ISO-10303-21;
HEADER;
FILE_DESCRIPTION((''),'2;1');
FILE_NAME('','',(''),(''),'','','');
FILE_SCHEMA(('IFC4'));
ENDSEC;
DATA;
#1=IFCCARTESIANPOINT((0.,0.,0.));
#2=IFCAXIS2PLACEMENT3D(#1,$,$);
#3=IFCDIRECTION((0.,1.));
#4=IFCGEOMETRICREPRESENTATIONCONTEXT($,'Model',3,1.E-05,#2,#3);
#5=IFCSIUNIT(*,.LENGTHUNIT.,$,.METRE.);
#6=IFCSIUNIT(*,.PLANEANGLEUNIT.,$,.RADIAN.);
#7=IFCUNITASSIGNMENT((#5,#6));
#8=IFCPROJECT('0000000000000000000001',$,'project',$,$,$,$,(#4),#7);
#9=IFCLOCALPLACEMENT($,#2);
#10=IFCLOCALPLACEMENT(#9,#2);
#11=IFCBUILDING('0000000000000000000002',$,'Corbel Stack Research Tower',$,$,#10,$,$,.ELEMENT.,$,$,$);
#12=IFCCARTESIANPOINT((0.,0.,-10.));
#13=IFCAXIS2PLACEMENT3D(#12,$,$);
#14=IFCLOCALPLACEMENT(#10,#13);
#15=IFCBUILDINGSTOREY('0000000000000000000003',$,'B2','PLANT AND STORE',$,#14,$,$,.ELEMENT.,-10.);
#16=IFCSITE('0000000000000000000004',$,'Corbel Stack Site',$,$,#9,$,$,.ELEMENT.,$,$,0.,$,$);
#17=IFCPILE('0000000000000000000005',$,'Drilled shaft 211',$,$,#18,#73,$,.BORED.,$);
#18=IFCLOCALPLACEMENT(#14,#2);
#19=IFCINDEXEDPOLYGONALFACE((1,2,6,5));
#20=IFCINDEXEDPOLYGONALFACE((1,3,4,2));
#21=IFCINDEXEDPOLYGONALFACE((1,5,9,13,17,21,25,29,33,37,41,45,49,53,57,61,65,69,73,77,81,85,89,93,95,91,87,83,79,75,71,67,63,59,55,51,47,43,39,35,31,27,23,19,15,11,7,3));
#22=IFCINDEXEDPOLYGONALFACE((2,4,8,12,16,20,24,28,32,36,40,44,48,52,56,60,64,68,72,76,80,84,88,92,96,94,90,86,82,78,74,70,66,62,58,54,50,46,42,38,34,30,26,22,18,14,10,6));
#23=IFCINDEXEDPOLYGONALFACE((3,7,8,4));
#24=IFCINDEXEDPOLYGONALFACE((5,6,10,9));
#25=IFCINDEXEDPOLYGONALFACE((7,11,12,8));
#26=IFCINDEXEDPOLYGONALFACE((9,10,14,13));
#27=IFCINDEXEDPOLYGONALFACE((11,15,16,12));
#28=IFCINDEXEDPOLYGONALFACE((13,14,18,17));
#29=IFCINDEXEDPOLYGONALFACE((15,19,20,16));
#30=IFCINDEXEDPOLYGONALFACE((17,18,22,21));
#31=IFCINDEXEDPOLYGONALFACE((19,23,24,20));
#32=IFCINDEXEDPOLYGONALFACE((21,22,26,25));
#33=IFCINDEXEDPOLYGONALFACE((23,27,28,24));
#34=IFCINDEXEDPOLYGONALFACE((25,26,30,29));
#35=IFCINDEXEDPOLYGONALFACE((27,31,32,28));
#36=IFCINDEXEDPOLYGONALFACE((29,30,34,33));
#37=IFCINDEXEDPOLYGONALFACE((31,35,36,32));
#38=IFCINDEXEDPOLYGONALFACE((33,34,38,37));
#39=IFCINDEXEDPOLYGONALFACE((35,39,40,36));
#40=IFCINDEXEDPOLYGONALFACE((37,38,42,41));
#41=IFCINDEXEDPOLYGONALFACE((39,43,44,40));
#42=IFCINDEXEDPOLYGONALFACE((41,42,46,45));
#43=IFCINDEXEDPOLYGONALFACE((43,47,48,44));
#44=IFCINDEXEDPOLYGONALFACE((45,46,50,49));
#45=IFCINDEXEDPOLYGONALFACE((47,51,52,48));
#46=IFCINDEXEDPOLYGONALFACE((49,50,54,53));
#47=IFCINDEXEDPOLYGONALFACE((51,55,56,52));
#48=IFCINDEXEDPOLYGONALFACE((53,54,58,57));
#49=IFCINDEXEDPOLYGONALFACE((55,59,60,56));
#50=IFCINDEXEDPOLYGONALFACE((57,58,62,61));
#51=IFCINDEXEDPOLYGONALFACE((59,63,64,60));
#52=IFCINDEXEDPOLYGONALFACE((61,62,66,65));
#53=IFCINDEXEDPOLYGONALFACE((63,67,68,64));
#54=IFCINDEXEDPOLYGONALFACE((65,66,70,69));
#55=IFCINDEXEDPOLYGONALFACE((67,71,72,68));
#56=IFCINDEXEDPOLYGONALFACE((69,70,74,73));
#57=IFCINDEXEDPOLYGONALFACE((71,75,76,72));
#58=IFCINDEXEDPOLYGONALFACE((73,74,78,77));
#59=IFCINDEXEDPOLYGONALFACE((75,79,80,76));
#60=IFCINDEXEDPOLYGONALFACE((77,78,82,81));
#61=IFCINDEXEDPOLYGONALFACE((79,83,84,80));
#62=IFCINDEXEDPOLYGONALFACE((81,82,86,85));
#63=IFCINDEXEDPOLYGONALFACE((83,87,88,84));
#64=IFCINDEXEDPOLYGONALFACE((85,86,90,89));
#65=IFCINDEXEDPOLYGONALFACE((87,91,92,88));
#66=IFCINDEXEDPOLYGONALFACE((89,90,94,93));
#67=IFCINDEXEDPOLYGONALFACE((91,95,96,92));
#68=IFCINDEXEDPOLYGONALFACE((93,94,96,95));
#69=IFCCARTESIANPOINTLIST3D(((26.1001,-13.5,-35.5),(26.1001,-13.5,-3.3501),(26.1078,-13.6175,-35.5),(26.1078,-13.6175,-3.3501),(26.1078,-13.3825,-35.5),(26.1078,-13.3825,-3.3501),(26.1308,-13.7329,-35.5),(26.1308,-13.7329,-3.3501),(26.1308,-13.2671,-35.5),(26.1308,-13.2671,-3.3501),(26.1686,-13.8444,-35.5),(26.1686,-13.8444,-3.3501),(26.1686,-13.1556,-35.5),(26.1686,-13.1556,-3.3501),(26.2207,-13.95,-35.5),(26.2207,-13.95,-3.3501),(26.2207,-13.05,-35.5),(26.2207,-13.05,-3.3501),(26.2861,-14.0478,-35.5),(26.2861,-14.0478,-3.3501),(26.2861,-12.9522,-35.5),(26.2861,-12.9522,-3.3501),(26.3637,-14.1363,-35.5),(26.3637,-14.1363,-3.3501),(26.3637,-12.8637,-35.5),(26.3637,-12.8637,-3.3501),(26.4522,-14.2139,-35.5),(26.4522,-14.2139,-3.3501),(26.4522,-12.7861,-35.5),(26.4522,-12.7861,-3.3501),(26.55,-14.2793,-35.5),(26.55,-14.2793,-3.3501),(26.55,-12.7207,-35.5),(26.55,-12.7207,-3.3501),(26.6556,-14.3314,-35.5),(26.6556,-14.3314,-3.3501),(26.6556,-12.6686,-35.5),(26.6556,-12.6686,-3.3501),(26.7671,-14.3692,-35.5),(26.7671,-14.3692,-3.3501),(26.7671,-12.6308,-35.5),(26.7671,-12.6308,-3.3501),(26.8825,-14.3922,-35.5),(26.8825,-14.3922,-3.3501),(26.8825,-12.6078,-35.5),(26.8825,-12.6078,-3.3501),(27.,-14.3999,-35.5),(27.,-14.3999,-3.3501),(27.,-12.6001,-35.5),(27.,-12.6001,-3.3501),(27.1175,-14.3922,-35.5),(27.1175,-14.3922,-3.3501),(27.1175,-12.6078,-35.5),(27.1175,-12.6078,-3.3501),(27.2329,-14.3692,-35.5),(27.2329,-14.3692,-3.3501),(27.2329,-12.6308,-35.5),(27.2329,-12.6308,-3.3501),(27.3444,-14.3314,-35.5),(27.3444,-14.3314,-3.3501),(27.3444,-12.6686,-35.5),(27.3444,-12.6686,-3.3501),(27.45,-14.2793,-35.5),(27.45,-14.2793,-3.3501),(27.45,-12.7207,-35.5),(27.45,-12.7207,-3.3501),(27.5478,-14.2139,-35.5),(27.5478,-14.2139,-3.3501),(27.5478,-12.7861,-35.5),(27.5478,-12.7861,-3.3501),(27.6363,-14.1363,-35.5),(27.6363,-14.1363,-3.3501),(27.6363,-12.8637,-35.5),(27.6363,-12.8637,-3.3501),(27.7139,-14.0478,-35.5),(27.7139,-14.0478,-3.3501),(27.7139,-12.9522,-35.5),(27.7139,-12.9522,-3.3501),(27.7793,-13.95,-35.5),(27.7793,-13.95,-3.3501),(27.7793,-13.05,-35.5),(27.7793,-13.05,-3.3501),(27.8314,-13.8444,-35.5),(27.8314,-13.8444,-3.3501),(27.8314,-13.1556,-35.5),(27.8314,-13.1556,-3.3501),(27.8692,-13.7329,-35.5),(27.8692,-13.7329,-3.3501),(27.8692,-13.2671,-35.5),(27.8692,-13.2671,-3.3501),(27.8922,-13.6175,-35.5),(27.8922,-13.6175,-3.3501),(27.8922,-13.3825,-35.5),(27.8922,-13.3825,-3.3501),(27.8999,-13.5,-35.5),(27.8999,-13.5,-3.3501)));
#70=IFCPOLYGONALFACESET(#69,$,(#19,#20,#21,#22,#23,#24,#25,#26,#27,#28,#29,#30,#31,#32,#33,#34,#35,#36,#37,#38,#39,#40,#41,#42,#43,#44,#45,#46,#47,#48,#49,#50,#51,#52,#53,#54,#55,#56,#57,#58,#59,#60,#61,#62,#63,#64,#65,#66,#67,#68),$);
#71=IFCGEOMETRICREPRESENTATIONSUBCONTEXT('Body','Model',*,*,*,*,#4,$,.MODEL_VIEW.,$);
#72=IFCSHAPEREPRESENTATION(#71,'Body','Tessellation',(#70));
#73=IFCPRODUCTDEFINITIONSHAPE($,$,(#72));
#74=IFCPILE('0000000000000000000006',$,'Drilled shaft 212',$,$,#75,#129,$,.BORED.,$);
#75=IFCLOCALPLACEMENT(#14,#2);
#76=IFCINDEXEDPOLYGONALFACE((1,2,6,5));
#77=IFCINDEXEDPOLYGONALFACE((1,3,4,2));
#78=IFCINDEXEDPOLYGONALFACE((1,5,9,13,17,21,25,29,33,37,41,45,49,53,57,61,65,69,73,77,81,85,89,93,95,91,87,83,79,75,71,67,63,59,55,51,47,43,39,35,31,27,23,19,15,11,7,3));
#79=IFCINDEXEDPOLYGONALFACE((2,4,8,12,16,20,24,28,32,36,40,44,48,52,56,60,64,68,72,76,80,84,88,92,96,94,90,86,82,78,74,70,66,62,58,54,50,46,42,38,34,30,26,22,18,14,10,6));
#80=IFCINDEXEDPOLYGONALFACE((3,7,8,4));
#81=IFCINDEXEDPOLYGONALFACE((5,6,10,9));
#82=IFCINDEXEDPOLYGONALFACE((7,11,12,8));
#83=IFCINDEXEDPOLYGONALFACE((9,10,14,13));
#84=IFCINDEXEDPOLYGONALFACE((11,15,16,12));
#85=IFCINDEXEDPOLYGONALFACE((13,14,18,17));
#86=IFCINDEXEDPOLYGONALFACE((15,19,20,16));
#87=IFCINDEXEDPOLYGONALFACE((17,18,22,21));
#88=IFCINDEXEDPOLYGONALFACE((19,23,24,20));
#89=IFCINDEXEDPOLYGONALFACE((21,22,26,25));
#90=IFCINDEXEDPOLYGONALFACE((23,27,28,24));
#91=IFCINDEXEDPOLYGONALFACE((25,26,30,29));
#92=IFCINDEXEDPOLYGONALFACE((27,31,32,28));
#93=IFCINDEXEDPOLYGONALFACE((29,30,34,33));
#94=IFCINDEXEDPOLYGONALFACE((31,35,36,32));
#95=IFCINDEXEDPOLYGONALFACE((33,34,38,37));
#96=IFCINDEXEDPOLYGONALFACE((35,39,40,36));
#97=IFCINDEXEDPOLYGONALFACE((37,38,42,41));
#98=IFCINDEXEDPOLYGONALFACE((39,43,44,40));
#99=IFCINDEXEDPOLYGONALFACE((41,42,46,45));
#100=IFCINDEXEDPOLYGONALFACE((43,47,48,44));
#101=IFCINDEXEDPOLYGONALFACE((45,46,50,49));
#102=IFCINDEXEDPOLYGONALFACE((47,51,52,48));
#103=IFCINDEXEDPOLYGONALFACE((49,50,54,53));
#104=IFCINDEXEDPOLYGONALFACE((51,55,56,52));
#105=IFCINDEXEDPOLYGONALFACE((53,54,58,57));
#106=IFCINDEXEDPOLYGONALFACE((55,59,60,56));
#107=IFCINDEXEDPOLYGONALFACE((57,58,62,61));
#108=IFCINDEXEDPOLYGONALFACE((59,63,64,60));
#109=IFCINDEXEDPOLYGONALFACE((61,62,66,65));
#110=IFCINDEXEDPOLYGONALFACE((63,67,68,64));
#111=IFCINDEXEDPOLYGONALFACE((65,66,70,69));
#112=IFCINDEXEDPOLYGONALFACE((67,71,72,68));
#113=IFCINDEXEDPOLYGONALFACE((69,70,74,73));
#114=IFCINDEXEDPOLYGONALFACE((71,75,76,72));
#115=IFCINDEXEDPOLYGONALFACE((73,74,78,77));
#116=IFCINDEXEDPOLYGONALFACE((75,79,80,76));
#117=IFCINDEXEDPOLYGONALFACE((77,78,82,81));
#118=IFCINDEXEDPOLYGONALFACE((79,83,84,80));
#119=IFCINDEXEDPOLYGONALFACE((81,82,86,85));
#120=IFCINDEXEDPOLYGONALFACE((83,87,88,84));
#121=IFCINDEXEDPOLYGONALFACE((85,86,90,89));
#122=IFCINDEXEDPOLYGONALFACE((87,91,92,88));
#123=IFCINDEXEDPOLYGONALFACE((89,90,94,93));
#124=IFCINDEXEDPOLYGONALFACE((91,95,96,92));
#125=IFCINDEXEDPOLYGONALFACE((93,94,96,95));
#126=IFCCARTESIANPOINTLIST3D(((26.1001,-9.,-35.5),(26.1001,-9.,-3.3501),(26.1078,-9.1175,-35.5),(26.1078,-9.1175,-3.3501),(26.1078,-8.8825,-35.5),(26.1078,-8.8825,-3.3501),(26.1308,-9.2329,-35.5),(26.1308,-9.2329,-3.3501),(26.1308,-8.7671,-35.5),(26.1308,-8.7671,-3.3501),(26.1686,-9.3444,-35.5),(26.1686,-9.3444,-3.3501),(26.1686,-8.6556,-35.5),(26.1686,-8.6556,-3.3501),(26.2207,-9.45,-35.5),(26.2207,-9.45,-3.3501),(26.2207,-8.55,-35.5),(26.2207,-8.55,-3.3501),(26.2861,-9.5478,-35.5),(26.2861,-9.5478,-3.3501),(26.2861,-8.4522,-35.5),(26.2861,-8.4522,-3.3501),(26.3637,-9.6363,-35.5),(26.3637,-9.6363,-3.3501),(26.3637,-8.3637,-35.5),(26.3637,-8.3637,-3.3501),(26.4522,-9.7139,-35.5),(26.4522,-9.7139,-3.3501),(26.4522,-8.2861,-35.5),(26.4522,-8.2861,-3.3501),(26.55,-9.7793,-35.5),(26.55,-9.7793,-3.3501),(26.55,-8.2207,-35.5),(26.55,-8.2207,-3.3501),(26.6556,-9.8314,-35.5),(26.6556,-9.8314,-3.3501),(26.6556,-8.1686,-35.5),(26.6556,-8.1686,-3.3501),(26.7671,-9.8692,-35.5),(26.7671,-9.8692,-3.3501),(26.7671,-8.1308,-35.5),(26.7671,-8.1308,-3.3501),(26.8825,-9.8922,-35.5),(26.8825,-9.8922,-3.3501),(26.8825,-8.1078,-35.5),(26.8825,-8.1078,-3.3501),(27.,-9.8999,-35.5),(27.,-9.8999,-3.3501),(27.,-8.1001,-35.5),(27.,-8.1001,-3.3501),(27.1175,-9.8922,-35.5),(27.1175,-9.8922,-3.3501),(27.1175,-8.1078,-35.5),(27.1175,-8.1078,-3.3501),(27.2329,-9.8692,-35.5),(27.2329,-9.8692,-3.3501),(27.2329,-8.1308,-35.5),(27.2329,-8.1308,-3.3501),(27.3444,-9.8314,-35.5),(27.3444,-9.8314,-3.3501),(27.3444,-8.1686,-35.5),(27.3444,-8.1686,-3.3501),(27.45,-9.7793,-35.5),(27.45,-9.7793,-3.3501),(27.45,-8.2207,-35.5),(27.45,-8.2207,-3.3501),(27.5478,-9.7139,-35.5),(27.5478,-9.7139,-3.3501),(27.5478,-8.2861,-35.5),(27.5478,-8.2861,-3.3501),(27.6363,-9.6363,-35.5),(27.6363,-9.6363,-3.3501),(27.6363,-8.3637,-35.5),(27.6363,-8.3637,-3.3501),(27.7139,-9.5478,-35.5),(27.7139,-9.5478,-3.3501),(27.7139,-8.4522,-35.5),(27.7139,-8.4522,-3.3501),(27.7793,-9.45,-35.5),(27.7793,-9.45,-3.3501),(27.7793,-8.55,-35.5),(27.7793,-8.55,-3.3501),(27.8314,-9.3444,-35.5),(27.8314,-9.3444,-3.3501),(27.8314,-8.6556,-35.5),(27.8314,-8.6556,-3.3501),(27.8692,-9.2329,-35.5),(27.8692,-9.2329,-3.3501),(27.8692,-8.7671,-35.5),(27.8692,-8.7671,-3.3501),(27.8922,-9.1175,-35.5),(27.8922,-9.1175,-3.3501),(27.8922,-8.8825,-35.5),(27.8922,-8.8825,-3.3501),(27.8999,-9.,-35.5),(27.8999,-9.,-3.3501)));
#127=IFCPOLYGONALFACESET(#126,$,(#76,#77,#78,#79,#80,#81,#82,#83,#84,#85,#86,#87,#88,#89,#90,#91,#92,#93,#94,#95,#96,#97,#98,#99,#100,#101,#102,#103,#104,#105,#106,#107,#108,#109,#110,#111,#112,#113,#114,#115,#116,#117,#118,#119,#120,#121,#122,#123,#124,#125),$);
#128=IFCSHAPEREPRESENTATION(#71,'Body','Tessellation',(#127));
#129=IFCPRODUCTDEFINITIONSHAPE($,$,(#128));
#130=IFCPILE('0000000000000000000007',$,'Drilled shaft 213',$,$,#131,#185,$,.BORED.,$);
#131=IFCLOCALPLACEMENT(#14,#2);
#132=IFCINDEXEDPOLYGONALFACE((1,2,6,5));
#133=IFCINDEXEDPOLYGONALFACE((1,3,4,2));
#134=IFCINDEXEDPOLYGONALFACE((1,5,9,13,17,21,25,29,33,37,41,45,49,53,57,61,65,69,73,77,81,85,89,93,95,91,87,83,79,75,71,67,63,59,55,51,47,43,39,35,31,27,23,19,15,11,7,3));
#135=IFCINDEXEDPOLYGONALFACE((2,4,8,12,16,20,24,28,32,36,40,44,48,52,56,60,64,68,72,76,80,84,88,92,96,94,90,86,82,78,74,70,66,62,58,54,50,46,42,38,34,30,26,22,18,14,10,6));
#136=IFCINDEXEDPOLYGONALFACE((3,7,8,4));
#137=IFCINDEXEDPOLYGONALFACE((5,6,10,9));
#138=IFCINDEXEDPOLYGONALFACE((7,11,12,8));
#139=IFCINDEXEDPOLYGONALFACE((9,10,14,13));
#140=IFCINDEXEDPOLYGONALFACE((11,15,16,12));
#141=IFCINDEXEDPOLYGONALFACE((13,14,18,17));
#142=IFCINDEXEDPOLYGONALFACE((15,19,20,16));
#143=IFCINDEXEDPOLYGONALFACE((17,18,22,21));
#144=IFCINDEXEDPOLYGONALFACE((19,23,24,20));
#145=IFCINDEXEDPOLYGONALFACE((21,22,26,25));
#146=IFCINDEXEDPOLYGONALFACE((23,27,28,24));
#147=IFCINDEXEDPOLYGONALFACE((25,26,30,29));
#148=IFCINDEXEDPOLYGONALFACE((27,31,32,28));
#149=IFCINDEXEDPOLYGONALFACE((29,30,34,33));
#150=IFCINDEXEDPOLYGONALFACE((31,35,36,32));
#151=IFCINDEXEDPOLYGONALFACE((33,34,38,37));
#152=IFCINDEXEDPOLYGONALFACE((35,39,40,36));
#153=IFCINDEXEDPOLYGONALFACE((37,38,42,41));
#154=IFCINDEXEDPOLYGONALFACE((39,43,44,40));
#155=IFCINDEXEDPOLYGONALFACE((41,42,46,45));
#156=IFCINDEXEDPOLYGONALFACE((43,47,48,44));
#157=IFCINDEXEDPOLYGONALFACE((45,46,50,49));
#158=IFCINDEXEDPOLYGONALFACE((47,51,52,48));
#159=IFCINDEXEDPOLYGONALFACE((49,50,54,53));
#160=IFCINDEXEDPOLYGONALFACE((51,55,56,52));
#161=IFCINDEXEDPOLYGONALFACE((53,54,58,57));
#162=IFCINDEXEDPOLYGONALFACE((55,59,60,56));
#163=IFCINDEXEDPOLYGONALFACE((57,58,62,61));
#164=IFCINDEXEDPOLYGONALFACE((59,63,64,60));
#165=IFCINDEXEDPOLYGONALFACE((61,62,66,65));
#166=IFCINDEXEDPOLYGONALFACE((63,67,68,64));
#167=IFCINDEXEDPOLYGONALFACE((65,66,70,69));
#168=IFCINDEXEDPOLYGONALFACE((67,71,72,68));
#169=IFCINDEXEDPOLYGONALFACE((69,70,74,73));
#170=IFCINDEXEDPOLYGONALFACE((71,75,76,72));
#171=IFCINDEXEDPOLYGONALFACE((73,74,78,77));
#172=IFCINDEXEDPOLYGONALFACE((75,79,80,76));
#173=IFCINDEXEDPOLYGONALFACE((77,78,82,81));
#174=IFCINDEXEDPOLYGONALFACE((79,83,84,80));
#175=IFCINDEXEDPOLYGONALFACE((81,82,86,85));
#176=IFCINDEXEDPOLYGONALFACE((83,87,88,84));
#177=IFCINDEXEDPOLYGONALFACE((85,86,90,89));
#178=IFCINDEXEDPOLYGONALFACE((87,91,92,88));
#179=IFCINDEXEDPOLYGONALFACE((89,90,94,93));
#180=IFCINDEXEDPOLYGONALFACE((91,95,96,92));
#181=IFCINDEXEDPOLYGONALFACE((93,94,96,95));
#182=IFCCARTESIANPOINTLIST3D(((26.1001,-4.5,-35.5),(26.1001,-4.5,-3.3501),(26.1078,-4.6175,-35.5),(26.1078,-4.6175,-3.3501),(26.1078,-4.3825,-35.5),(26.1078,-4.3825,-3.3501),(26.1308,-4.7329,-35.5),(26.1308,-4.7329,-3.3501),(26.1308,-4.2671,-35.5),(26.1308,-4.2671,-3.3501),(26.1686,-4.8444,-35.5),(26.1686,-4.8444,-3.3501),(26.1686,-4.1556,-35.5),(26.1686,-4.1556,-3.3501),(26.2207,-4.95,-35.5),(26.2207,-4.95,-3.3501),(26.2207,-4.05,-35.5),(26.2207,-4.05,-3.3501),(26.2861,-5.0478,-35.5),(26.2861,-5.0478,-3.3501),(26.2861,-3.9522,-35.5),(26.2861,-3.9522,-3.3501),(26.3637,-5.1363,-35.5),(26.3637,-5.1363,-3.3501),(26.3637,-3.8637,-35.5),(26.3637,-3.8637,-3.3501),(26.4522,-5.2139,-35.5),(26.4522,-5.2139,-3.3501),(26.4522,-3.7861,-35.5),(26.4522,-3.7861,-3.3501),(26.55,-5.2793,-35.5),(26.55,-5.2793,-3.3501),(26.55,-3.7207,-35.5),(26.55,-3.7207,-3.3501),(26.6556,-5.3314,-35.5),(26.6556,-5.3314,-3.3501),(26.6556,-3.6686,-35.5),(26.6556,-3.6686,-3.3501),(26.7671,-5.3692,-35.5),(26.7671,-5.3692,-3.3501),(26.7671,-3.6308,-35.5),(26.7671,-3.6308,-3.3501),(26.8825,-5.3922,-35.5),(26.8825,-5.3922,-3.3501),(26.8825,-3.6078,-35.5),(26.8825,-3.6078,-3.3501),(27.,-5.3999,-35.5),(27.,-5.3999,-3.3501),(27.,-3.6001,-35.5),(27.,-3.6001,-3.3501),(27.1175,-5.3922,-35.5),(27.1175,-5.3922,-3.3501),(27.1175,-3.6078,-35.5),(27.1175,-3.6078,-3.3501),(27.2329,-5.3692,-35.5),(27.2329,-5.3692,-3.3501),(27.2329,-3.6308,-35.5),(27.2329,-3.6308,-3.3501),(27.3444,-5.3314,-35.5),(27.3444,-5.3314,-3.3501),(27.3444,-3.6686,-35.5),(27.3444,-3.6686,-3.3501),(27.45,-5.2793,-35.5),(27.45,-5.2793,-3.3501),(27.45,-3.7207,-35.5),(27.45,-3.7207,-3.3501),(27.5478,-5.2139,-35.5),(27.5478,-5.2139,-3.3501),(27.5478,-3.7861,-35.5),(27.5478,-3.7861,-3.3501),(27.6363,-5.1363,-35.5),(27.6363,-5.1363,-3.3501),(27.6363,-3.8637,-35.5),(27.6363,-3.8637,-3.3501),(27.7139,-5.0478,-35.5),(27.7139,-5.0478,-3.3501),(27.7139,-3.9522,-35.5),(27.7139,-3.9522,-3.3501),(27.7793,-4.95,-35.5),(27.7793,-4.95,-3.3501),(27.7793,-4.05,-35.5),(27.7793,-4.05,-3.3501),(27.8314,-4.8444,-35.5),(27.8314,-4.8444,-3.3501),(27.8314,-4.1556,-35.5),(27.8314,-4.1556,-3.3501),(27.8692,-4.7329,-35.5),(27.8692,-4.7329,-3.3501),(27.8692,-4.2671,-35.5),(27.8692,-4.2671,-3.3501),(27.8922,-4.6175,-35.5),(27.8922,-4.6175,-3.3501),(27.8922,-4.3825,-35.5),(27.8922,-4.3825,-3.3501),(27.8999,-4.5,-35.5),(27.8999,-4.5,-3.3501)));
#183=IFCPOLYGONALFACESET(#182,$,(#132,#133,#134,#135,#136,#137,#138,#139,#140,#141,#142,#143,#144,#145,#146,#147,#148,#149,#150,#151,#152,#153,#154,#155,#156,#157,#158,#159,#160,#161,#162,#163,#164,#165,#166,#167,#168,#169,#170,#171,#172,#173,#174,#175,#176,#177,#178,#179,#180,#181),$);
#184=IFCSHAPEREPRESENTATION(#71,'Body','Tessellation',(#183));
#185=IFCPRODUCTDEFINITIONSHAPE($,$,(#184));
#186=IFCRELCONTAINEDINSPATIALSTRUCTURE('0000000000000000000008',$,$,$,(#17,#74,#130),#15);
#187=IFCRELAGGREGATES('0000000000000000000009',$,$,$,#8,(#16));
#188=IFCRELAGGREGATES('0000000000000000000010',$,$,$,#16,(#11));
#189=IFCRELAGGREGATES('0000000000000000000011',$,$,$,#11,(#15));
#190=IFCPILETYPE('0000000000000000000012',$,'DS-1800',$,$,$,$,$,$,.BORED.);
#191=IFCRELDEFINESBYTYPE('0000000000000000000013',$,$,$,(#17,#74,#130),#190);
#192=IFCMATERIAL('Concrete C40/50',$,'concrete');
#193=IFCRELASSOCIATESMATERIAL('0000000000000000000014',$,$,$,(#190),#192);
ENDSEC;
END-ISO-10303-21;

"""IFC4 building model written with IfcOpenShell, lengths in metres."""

from ifc_helpers import new_model, si_unit, direction, frame, origin, origin_2d, place, context, subcontext, project, spatial, circle, extrude, material, material_profile, profile_set, type_object, element, save


model = new_model("IFC4")

# Units and contexts
model_context = context("Model", 3, precision=1e-05, world=origin(), true_north=direction((0.0, 1.0)))
body_context = subcontext(model_context, "Body", "Model", "MODEL_VIEW")
ifc_project = project(units=[si_unit("LENGTHUNIT", "METRE"), si_unit("PLANEANGLEUNIT", "RADIAN")], contexts=[model_context])

# Site, building, storey
site_placement = place(None, origin())
site = spatial("IfcSite", under=ifc_project, at=site_placement, Name="Corbel Stack Site", CompositionType="ELEMENT", RefElevation=0.0)
building_placement = place(site_placement, origin())
building = spatial("IfcBuilding", under=site, at=building_placement, Name="Corbel Stack Research Tower", CompositionType="ELEMENT")
storey_placement = place(building_placement, frame((0.0, 0.0, -10.0)))
storey = spatial("IfcBuildingStorey", under=building, at=storey_placement, Name="B2", Description="PLANT AND STORE", CompositionType="ELEMENT", Elevation=-10.0)

# Piles
ifc_material_1 = material(Name="Concrete C40/50", Category="concrete")
ifc_material_profile_1 = material_profile(ifc_material_1, circle(Radius=0.8999, at=origin_2d()), Name="Shaft 1800")
ifc_profile_set_1 = profile_set([ifc_material_profile_1], Name="Concrete C40/50")
pile_type = type_object("IfcPileType", Name="DS-1800", PredefinedType="BORED", material=ifc_profile_set_1)
for number, where, z_axis, x_axis, name in (
    (1, (27.0, -13.5, -3.3501), (0.0, 0.0, -1.0), (1.0, 0.0, 0.0), "Drilled shaft 211"),
    (2, (27.0, -9.0, -3.3501), (0.0, 0.0, -1.0), (1.0, 0.0, 0.0), "Drilled shaft 212"),
    (3, (27.0, -4.5, -3.3501), (0.0, 0.0, -1.0), (1.0, 0.0, 0.0), "Drilled shaft 213"),
):
    element("IfcPile", number, at=place(storey_placement, frame(where, z_axis=z_axis, x_axis=x_axis)), inside=storey, type_object=pile_type, Name=name, PredefinedType="BORED", context=body_context, shape_type="SweptSolid", body=[
        extrude(circle(Radius=0.8999, at=origin_2d()), origin(), (0.0, 0.0, 1.0), 32.1499),
    ])

save(model, "model.ifc")
